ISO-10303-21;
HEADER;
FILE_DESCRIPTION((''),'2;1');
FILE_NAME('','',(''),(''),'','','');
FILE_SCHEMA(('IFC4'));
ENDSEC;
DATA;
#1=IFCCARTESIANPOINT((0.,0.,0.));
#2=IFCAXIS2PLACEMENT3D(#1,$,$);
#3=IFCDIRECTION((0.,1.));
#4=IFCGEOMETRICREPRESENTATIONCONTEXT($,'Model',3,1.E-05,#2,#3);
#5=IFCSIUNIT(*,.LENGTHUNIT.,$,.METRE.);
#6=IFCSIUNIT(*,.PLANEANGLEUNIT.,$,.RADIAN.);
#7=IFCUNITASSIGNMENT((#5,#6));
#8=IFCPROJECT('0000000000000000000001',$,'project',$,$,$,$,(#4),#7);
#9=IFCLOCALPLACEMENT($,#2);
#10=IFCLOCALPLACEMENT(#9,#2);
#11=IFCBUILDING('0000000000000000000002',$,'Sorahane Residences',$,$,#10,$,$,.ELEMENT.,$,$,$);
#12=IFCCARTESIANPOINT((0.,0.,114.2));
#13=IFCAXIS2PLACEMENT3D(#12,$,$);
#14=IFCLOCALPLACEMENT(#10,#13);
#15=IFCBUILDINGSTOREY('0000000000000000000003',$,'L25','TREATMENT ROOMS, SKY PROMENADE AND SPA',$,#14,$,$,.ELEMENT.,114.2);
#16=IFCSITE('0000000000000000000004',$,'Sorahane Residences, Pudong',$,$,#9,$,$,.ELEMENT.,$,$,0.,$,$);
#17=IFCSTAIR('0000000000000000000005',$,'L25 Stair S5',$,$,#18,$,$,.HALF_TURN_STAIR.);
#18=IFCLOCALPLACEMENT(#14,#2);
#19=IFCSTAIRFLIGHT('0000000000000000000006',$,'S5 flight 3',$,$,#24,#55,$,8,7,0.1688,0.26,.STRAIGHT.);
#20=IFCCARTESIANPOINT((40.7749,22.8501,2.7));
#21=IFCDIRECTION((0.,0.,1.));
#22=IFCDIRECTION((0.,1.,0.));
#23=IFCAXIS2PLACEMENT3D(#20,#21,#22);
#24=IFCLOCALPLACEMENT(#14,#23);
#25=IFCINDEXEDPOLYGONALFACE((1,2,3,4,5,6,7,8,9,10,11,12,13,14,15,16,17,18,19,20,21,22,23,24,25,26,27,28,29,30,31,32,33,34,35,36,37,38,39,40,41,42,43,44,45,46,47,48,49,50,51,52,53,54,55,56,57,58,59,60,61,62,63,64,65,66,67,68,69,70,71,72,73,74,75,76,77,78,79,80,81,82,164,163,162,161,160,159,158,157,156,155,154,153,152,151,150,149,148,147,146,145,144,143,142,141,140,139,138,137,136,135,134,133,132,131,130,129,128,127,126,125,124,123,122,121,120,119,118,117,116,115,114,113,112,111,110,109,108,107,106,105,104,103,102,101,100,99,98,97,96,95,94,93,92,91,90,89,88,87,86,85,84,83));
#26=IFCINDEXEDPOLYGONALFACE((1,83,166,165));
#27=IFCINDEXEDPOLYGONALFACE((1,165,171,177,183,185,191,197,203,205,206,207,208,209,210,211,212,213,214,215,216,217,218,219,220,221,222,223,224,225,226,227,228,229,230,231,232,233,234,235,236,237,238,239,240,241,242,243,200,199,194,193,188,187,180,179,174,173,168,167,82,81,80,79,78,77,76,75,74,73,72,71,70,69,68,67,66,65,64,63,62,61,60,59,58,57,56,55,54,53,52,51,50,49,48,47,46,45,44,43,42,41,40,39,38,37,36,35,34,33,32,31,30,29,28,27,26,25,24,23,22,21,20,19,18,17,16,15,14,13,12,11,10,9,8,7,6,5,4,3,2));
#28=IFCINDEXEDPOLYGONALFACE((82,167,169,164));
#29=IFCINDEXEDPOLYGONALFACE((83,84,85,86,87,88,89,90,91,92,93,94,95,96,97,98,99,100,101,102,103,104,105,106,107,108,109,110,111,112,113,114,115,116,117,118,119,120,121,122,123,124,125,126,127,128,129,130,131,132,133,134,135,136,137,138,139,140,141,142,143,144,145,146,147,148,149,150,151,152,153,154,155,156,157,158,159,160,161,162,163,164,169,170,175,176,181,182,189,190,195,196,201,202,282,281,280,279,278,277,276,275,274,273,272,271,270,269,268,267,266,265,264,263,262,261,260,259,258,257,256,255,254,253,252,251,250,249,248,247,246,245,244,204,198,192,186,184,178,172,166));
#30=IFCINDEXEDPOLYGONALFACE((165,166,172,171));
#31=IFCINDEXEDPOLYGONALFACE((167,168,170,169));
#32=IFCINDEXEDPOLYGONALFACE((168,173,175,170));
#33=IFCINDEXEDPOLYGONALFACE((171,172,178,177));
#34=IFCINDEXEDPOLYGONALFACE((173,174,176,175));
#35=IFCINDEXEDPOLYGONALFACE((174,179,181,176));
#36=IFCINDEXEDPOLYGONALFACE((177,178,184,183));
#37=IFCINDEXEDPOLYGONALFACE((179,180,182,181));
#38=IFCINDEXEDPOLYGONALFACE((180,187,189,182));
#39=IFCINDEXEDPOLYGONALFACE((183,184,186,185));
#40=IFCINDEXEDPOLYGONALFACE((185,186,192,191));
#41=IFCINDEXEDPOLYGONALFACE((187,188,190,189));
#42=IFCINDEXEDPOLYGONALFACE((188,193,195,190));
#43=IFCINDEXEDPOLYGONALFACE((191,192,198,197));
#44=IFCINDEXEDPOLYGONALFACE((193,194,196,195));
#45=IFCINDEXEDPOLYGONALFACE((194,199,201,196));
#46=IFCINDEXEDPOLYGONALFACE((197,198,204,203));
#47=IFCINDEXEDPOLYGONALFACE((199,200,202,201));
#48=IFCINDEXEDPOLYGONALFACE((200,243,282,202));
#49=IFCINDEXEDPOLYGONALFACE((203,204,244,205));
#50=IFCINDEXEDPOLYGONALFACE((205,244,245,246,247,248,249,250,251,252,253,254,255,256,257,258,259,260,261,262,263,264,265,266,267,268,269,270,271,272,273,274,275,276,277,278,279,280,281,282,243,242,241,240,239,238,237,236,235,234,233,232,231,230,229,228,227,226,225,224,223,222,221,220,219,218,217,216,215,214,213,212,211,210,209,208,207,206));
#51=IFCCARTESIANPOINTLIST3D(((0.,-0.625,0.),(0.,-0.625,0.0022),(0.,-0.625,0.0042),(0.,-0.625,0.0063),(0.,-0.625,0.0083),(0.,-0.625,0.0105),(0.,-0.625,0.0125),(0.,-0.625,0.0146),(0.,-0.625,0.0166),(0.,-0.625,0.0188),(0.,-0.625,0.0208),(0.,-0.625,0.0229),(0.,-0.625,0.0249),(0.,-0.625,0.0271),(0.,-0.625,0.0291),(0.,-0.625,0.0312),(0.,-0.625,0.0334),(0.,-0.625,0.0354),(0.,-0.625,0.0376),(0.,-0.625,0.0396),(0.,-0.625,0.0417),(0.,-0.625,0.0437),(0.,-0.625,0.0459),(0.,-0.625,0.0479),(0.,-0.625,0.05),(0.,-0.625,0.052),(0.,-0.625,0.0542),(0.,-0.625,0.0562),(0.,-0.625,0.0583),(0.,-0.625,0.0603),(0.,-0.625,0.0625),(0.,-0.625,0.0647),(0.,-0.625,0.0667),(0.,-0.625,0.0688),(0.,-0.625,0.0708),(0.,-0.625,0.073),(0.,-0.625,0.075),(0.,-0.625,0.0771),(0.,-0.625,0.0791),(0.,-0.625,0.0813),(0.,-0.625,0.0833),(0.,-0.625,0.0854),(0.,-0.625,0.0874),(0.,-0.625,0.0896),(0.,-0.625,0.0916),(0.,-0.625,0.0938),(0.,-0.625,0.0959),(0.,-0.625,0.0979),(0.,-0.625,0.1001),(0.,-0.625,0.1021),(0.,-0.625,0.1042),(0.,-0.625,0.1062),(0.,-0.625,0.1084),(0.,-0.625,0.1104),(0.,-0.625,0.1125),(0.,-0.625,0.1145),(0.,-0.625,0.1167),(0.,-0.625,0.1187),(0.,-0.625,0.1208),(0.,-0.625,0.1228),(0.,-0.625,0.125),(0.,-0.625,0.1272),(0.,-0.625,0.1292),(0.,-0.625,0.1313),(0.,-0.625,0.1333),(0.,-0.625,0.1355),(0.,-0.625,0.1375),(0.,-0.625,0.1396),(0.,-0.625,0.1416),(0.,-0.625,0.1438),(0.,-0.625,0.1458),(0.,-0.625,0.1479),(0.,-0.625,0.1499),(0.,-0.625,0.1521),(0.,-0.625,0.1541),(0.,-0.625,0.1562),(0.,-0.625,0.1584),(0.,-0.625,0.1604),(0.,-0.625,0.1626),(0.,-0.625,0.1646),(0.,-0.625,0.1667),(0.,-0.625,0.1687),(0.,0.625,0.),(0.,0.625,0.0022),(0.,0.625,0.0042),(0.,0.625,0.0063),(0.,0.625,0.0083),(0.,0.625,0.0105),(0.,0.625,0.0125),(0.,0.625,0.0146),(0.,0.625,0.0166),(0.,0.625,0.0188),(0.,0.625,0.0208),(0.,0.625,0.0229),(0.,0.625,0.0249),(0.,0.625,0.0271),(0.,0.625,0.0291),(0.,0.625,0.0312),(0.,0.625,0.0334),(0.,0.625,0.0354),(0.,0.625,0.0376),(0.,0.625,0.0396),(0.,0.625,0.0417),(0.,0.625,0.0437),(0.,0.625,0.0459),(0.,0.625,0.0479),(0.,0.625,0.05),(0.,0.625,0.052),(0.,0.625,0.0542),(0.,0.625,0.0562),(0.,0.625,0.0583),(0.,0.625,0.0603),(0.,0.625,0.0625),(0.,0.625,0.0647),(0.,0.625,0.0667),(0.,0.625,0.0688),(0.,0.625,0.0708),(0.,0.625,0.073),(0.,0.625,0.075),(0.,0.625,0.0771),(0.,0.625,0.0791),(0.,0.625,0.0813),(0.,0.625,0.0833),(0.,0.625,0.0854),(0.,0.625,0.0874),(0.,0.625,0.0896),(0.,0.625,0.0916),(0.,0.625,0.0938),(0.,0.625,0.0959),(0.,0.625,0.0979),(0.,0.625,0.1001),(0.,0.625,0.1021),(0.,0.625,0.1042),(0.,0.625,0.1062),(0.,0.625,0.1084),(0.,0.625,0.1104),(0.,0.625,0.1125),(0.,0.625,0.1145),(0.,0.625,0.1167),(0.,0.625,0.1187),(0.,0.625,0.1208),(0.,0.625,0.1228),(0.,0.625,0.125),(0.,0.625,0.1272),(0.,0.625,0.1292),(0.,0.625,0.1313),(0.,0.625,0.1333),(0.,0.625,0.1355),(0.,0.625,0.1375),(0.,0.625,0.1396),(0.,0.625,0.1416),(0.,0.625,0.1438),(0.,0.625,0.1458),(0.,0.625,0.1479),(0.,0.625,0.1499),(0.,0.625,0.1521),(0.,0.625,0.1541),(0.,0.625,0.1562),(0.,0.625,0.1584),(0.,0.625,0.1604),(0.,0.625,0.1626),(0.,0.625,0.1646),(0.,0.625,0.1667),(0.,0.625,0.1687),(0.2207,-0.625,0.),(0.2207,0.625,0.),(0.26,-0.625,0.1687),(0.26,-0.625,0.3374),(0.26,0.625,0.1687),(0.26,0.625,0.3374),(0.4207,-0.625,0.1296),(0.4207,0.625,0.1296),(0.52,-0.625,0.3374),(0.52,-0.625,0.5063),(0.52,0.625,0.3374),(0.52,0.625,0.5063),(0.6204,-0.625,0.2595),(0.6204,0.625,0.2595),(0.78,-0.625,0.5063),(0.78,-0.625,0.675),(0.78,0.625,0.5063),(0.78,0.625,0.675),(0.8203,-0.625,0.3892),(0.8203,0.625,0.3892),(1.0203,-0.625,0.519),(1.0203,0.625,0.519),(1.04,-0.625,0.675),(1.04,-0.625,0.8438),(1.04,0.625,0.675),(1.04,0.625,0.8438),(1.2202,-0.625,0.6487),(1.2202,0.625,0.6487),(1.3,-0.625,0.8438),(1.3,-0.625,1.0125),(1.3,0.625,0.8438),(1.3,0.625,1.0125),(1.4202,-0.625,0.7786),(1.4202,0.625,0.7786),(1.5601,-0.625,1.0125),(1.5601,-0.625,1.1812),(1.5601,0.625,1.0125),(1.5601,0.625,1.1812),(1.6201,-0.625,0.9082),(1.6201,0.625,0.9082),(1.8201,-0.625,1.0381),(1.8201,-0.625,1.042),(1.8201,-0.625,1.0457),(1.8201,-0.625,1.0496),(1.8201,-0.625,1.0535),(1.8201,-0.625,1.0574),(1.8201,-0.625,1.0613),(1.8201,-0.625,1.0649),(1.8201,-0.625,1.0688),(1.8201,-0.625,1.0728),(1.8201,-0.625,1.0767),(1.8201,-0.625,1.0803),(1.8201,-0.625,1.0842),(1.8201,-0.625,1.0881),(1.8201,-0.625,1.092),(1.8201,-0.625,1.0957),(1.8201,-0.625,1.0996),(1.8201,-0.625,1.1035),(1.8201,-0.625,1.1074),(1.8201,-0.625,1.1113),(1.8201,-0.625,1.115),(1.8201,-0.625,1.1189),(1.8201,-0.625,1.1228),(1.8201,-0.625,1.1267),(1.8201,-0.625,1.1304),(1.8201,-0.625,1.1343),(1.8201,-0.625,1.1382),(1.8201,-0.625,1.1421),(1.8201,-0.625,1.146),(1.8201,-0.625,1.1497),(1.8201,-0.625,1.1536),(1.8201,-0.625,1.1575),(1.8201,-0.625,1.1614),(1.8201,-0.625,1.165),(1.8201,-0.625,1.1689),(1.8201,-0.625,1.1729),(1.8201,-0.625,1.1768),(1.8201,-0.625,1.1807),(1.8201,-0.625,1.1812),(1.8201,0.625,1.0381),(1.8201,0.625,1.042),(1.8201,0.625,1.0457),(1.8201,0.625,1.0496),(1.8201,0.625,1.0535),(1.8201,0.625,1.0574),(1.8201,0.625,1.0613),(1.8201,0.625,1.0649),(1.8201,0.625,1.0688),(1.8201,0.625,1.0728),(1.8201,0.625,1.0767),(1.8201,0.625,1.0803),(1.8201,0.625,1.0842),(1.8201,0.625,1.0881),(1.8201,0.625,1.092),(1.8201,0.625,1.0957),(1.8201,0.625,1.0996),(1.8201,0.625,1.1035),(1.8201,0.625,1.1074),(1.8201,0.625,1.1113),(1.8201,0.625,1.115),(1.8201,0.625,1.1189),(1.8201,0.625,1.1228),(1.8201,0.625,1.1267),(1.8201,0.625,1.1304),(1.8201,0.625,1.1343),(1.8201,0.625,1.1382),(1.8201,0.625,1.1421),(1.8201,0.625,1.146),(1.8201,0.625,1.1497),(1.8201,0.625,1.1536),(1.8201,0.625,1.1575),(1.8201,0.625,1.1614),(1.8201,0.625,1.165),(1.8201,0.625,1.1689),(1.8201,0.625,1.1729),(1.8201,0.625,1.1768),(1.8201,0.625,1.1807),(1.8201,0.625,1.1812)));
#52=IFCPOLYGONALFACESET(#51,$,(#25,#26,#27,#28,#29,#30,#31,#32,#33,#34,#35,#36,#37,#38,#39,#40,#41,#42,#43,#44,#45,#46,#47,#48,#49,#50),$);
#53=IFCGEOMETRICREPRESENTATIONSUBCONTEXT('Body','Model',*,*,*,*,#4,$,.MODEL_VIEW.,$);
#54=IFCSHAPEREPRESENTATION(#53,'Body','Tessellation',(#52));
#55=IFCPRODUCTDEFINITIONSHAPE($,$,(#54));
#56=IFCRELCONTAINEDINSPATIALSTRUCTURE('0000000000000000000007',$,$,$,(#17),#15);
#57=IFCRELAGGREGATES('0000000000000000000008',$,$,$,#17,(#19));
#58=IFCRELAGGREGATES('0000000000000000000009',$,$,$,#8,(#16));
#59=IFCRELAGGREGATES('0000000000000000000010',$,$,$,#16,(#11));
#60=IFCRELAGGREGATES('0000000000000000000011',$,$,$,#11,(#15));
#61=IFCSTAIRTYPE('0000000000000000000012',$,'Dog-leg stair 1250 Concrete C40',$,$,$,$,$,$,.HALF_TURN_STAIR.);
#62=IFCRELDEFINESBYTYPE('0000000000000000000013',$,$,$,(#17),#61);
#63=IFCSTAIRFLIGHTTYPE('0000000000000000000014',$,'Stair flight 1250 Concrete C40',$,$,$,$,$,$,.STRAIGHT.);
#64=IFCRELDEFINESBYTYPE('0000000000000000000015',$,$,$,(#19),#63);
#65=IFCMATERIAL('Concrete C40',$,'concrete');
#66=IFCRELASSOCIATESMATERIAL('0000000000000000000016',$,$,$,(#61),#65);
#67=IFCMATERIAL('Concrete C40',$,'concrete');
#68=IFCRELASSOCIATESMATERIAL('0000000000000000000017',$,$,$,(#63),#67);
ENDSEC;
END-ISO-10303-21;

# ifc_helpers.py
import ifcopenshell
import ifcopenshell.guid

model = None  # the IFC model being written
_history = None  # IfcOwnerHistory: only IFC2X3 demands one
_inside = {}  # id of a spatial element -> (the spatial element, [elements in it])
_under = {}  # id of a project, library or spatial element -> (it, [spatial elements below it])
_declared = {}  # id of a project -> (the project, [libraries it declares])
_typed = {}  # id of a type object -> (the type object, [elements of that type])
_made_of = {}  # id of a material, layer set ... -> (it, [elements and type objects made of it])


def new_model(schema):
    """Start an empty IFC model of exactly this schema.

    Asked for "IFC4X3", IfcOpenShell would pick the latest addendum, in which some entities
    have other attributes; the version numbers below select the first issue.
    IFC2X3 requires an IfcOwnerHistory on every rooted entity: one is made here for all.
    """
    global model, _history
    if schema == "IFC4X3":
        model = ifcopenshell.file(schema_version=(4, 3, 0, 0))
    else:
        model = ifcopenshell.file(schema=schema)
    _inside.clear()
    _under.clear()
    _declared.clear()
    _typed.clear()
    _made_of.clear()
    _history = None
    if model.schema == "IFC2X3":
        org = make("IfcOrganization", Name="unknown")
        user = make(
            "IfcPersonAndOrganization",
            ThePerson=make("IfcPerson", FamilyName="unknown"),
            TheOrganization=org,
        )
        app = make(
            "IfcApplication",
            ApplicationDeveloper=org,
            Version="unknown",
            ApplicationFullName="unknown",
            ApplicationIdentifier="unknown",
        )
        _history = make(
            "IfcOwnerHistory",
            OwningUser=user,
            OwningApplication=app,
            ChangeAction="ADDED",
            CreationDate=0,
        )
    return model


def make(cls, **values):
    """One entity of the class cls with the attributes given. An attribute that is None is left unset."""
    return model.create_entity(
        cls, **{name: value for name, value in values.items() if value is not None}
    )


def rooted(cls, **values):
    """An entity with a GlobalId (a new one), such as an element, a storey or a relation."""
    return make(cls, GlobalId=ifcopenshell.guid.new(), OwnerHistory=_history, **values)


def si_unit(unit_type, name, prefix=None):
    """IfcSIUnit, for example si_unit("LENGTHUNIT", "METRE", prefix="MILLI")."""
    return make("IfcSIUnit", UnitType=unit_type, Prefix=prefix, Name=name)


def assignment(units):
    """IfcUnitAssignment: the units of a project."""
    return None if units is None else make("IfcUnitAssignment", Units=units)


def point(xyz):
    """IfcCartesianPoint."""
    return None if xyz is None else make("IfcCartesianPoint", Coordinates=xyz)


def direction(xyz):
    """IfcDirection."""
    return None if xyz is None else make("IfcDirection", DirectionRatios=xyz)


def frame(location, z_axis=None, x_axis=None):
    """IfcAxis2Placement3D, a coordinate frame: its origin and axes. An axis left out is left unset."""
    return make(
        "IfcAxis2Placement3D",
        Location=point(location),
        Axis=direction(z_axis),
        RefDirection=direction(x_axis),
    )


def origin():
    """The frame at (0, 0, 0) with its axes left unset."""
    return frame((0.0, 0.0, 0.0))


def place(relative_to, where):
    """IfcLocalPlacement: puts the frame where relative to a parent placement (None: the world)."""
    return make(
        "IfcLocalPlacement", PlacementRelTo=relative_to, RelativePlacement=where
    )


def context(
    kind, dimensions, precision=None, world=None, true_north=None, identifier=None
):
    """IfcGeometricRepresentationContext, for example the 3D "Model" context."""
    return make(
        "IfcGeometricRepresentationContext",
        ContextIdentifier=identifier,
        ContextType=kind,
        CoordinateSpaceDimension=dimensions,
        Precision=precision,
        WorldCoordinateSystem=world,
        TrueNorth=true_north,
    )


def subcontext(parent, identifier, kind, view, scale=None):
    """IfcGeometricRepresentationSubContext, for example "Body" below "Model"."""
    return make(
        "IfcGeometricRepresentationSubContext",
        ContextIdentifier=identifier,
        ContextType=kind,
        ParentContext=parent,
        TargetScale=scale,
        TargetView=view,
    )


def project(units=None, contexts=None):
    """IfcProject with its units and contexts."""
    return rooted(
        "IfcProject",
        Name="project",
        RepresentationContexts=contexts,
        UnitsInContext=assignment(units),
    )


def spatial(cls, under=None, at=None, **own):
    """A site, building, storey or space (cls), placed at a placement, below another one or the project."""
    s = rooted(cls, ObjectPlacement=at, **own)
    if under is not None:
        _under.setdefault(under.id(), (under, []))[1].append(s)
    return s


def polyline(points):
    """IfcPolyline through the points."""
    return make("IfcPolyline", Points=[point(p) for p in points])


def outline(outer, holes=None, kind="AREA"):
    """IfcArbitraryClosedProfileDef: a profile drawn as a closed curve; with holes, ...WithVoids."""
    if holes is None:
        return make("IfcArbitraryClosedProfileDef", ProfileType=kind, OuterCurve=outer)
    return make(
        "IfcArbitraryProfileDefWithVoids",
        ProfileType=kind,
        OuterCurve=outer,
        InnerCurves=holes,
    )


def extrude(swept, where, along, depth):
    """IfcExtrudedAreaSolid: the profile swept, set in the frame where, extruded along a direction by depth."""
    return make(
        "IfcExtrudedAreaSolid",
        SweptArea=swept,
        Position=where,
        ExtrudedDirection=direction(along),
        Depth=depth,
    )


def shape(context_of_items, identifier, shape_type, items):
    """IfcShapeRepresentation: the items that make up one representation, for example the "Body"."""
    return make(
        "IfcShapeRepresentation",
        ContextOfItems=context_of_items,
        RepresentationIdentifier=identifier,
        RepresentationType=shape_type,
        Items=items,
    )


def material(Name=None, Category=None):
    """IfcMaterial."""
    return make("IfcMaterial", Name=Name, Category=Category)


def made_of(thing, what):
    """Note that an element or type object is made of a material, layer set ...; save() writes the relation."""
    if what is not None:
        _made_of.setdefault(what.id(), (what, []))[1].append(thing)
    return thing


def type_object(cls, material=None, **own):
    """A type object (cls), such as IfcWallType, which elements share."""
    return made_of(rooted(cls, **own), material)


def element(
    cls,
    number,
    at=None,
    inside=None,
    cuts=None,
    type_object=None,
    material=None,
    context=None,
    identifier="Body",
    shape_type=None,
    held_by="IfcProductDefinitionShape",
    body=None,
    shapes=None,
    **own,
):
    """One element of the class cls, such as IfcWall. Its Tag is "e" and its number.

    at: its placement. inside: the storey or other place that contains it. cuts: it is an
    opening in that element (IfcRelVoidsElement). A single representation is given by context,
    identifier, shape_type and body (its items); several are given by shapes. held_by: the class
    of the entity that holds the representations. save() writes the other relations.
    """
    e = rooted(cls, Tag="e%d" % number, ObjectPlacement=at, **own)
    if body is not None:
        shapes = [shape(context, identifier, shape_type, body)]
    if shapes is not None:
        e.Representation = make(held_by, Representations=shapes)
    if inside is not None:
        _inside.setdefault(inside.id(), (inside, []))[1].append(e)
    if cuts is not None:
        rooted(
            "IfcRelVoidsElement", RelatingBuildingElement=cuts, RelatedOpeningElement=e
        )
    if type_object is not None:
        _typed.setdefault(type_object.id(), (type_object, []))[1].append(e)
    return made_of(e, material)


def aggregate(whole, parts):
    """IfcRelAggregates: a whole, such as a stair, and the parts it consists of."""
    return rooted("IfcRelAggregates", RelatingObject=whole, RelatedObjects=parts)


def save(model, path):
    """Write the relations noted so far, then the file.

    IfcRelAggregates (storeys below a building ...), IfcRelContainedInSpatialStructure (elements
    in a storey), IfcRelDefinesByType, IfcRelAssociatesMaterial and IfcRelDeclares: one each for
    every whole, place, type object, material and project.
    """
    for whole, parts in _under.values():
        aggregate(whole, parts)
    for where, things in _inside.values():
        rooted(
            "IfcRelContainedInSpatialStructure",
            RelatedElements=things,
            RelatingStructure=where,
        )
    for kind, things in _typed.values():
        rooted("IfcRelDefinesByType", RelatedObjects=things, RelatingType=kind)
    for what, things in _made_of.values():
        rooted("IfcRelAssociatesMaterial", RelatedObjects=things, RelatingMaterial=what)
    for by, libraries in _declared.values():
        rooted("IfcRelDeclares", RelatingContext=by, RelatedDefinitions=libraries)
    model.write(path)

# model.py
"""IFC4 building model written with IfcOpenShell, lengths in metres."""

from ifc_helpers import new_model, si_unit, direction, frame, origin, place, context, subcontext, project, spatial, polyline, outline, extrude, material, type_object, element, aggregate, save


model = new_model("IFC4")

# Units and contexts
model_context = context("Model", 3, precision=1e-05, world=origin(), true_north=direction((0.0, 1.0)))
body_context = subcontext(model_context, "Body", "Model", "MODEL_VIEW")
ifc_project = project(units=[si_unit("LENGTHUNIT", "METRE"), si_unit("PLANEANGLEUNIT", "RADIAN")], contexts=[model_context])

# Site, building, storey
site_placement = place(None, origin())
site = spatial("IfcSite", under=ifc_project, at=site_placement, Name="Sorahane Residences, Pudong", CompositionType="ELEMENT", RefElevation=0.0)
building_placement = place(site_placement, origin())
building = spatial("IfcBuilding", under=site, at=building_placement, Name="Sorahane Residences", CompositionType="ELEMENT")
storey_placement = place(building_placement, frame((0.0, 0.0, 114.2)))
storey = spatial("IfcBuildingStorey", under=building, at=storey_placement, Name="L25", Description="TREATMENT ROOMS, SKY PROMENADE AND SPA", CompositionType="ELEMENT", Elevation=114.2)

# Stair, stair flight
ifc_material_1 = material(Name="Concrete C40", Category="concrete")
stair_type = type_object("IfcStairType", Name="Dog-leg stair 1250 Concrete C40", PredefinedType="HALF_TURN_STAIR", material=ifc_material_1)
stair_placement = place(storey_placement, origin())
stair = element("IfcStair", 1, at=stair_placement, inside=storey, type_object=stair_type, Name="L25 Stair S5", PredefinedType="HALF_TURN_STAIR")
ifc_material_2 = material(Name="Concrete C40", Category="concrete")
stair_flight_type = type_object("IfcStairFlightType", Name="Stair flight 1250 Concrete C40", PredefinedType="STRAIGHT", material=ifc_material_2)
stair_flight_1_placement = place(storey_placement, frame((40.7749, 22.8501, 2.7), z_axis=(0.0, 0.0, 1.0), x_axis=(0.0, 1.0, 0.0)))
stair_flight_1 = element("IfcStairFlight", 2, at=stair_flight_1_placement, type_object=stair_flight_type, Name="S5 flight 3", NumberOfRisers=8, NumberOfTreads=7, PredefinedType="STRAIGHT", RiserHeight=0.1688, TreadLength=0.26, context=body_context, shape_type="SweptSolid", body=[
    extrude(outline(polyline([(0.0, 0.0), (0.0, 0.0022), (0.0, 0.0042), (0.0, 0.0063), (0.0, 0.0083), (0.0, 0.0105), (0.0, 0.0125), (0.0, 0.0146), (0.0, 0.0166), (0.0, 0.0188), (0.0, 0.0208), (0.0, 0.0229), (0.0, 0.0249), (0.0, 0.0271), (0.0, 0.0291), (0.0, 0.0312), (0.0, 0.0334), (0.0, 0.0354), (0.0, 0.0376), (0.0, 0.0396), (0.0, 0.0417), (0.0, 0.0437), (0.0, 0.0459), (0.0, 0.0479), (0.0, 0.05), (0.0, 0.052), (0.0, 0.0542), (0.0, 0.0562), (0.0, 0.0583), (0.0, 0.0603), (0.0, 0.0625), (0.0, 0.0647), (0.0, 0.0667), (0.0, 0.0688), (0.0, 0.0708), (0.0, 0.073), (0.0, 0.075), (0.0, 0.0771), (0.0, 0.0791), (0.0, 0.0813), (0.0, 0.0833), (0.0, 0.0854), (0.0, 0.0874), (0.0, 0.0896), (0.0, 0.0916), (0.0, 0.0938), (0.0, 0.0959), (0.0, 0.0979), (0.0, 0.1001), (0.0, 0.1021), (0.0, 0.1042), (0.0, 0.1062), (0.0, 0.1084), (0.0, 0.1104), (0.0, 0.1125), (0.0, 0.1145), (0.0, 0.1167), (0.0, 0.1187), (0.0, 0.1208), (0.0, 0.1228), (0.0, 0.125), (0.0, 0.1272), (0.0, 0.1292), (0.0, 0.1313), (0.0, 0.1333), (0.0, 0.1355), (0.0, 0.1375), (0.0, 0.1396), (0.0, 0.1416), (0.0, 0.1438), (0.0, 0.1458), (0.0, 0.1479), (0.0, 0.1499), (0.0, 0.1521), (0.0, 0.1541), (0.0, 0.1562), (0.0, 0.1584), (0.0, 0.1604), (0.0, 0.1626), (0.0, 0.1646), (0.0, 0.1667), (0.0, 0.1687), (0.26, 0.1687), (0.26, 0.3374), (0.52, 0.3374), (0.52, 0.5063), (0.78, 0.5063), (0.78, 0.675), (1.04, 0.675), (1.04, 0.8438), (1.3, 0.8438), (1.3, 1.0125), (1.5601, 1.0125), (1.5601, 1.1812), (1.8201, 1.1812), (1.8201, 1.3501), (1.8201, 1.3462), (1.8201, 1.3423), (1.8201, 1.3384), (1.8201, 1.3347), (1.8201, 1.3308), (1.8201, 1.3269), (1.8201, 1.323), (1.8201, 1.3191), (1.8201, 1.3154), (1.8201, 1.3115), (1.8201, 1.3076), (1.8201, 1.3037), (1.8201, 1.3), (1.8201, 1.2961), (1.8201, 1.2922), (1.8201, 1.2883), (1.8201, 1.2844), (1.8201, 1.2808), (1.8201, 1.2769), (1.8201, 1.2729), (1.8201, 1.269), (1.8201, 1.2654), (1.8201, 1.2615), (1.8201, 1.2576), (1.8201, 1.2537), (1.8201, 1.2498), (1.8201, 1.2461), (1.8201, 1.2422), (1.8201, 1.2383), (1.8201, 1.2344), (1.8201, 1.2307), (1.8201, 1.2268), (1.8201, 1.2229), (1.8201, 1.219), (1.8201, 1.2151), (1.8201, 1.2114), (1.8201, 1.2075), (1.8201, 1.2036), (1.8201, 1.1997), (1.8201, 1.196), (1.8201, 1.1921), (1.8201, 1.1882), (1.8201, 1.1843), (1.8201, 1.1807), (1.8201, 1.1768), (1.8201, 1.1729), (1.8201, 1.1689), (1.8201, 1.165), (1.8201, 1.1614), (1.8201, 1.1575), (1.8201, 1.1536), (1.8201, 1.1497), (1.8201, 1.146), (1.8201, 1.1421), (1.8201, 1.1382), (1.8201, 1.1343), (1.8201, 1.1304), (1.8201, 1.1267), (1.8201, 1.1228), (1.8201, 1.1189), (1.8201, 1.115), (1.8201, 1.1113), (1.8201, 1.1074), (1.8201, 1.1035), (1.8201, 1.0996), (1.8201, 1.0957), (1.8201, 1.092), (1.8201, 1.0881), (1.8201, 1.0842), (1.8201, 1.0803), (1.8201, 1.0767), (1.8201, 1.0728), (1.8201, 1.0688), (1.8201, 1.0649), (1.8201, 1.0613), (1.8201, 1.0574), (1.8201, 1.0535), (1.8201, 1.0496), (1.8201, 1.0457), (1.8201, 1.042), (1.8201, 1.0381), (1.6201, 0.9082), (1.4202, 0.7786), (1.2202, 0.6487), (1.0203, 0.519), (0.8203, 0.3892), (0.6204, 0.2595), (0.4207, 0.1296), (0.2207, 0.0), (0.0, 0.0)])), frame((0.0, 0.625, 0.0), z_axis=(0.0, -1.0, 0.0), x_axis=(1.0, 0.0, 0.0)), (0.0, 0.0, 1.0), 1.25),
])
aggregate(stair, [stair_flight_1])

save(model, "model.ifc")
